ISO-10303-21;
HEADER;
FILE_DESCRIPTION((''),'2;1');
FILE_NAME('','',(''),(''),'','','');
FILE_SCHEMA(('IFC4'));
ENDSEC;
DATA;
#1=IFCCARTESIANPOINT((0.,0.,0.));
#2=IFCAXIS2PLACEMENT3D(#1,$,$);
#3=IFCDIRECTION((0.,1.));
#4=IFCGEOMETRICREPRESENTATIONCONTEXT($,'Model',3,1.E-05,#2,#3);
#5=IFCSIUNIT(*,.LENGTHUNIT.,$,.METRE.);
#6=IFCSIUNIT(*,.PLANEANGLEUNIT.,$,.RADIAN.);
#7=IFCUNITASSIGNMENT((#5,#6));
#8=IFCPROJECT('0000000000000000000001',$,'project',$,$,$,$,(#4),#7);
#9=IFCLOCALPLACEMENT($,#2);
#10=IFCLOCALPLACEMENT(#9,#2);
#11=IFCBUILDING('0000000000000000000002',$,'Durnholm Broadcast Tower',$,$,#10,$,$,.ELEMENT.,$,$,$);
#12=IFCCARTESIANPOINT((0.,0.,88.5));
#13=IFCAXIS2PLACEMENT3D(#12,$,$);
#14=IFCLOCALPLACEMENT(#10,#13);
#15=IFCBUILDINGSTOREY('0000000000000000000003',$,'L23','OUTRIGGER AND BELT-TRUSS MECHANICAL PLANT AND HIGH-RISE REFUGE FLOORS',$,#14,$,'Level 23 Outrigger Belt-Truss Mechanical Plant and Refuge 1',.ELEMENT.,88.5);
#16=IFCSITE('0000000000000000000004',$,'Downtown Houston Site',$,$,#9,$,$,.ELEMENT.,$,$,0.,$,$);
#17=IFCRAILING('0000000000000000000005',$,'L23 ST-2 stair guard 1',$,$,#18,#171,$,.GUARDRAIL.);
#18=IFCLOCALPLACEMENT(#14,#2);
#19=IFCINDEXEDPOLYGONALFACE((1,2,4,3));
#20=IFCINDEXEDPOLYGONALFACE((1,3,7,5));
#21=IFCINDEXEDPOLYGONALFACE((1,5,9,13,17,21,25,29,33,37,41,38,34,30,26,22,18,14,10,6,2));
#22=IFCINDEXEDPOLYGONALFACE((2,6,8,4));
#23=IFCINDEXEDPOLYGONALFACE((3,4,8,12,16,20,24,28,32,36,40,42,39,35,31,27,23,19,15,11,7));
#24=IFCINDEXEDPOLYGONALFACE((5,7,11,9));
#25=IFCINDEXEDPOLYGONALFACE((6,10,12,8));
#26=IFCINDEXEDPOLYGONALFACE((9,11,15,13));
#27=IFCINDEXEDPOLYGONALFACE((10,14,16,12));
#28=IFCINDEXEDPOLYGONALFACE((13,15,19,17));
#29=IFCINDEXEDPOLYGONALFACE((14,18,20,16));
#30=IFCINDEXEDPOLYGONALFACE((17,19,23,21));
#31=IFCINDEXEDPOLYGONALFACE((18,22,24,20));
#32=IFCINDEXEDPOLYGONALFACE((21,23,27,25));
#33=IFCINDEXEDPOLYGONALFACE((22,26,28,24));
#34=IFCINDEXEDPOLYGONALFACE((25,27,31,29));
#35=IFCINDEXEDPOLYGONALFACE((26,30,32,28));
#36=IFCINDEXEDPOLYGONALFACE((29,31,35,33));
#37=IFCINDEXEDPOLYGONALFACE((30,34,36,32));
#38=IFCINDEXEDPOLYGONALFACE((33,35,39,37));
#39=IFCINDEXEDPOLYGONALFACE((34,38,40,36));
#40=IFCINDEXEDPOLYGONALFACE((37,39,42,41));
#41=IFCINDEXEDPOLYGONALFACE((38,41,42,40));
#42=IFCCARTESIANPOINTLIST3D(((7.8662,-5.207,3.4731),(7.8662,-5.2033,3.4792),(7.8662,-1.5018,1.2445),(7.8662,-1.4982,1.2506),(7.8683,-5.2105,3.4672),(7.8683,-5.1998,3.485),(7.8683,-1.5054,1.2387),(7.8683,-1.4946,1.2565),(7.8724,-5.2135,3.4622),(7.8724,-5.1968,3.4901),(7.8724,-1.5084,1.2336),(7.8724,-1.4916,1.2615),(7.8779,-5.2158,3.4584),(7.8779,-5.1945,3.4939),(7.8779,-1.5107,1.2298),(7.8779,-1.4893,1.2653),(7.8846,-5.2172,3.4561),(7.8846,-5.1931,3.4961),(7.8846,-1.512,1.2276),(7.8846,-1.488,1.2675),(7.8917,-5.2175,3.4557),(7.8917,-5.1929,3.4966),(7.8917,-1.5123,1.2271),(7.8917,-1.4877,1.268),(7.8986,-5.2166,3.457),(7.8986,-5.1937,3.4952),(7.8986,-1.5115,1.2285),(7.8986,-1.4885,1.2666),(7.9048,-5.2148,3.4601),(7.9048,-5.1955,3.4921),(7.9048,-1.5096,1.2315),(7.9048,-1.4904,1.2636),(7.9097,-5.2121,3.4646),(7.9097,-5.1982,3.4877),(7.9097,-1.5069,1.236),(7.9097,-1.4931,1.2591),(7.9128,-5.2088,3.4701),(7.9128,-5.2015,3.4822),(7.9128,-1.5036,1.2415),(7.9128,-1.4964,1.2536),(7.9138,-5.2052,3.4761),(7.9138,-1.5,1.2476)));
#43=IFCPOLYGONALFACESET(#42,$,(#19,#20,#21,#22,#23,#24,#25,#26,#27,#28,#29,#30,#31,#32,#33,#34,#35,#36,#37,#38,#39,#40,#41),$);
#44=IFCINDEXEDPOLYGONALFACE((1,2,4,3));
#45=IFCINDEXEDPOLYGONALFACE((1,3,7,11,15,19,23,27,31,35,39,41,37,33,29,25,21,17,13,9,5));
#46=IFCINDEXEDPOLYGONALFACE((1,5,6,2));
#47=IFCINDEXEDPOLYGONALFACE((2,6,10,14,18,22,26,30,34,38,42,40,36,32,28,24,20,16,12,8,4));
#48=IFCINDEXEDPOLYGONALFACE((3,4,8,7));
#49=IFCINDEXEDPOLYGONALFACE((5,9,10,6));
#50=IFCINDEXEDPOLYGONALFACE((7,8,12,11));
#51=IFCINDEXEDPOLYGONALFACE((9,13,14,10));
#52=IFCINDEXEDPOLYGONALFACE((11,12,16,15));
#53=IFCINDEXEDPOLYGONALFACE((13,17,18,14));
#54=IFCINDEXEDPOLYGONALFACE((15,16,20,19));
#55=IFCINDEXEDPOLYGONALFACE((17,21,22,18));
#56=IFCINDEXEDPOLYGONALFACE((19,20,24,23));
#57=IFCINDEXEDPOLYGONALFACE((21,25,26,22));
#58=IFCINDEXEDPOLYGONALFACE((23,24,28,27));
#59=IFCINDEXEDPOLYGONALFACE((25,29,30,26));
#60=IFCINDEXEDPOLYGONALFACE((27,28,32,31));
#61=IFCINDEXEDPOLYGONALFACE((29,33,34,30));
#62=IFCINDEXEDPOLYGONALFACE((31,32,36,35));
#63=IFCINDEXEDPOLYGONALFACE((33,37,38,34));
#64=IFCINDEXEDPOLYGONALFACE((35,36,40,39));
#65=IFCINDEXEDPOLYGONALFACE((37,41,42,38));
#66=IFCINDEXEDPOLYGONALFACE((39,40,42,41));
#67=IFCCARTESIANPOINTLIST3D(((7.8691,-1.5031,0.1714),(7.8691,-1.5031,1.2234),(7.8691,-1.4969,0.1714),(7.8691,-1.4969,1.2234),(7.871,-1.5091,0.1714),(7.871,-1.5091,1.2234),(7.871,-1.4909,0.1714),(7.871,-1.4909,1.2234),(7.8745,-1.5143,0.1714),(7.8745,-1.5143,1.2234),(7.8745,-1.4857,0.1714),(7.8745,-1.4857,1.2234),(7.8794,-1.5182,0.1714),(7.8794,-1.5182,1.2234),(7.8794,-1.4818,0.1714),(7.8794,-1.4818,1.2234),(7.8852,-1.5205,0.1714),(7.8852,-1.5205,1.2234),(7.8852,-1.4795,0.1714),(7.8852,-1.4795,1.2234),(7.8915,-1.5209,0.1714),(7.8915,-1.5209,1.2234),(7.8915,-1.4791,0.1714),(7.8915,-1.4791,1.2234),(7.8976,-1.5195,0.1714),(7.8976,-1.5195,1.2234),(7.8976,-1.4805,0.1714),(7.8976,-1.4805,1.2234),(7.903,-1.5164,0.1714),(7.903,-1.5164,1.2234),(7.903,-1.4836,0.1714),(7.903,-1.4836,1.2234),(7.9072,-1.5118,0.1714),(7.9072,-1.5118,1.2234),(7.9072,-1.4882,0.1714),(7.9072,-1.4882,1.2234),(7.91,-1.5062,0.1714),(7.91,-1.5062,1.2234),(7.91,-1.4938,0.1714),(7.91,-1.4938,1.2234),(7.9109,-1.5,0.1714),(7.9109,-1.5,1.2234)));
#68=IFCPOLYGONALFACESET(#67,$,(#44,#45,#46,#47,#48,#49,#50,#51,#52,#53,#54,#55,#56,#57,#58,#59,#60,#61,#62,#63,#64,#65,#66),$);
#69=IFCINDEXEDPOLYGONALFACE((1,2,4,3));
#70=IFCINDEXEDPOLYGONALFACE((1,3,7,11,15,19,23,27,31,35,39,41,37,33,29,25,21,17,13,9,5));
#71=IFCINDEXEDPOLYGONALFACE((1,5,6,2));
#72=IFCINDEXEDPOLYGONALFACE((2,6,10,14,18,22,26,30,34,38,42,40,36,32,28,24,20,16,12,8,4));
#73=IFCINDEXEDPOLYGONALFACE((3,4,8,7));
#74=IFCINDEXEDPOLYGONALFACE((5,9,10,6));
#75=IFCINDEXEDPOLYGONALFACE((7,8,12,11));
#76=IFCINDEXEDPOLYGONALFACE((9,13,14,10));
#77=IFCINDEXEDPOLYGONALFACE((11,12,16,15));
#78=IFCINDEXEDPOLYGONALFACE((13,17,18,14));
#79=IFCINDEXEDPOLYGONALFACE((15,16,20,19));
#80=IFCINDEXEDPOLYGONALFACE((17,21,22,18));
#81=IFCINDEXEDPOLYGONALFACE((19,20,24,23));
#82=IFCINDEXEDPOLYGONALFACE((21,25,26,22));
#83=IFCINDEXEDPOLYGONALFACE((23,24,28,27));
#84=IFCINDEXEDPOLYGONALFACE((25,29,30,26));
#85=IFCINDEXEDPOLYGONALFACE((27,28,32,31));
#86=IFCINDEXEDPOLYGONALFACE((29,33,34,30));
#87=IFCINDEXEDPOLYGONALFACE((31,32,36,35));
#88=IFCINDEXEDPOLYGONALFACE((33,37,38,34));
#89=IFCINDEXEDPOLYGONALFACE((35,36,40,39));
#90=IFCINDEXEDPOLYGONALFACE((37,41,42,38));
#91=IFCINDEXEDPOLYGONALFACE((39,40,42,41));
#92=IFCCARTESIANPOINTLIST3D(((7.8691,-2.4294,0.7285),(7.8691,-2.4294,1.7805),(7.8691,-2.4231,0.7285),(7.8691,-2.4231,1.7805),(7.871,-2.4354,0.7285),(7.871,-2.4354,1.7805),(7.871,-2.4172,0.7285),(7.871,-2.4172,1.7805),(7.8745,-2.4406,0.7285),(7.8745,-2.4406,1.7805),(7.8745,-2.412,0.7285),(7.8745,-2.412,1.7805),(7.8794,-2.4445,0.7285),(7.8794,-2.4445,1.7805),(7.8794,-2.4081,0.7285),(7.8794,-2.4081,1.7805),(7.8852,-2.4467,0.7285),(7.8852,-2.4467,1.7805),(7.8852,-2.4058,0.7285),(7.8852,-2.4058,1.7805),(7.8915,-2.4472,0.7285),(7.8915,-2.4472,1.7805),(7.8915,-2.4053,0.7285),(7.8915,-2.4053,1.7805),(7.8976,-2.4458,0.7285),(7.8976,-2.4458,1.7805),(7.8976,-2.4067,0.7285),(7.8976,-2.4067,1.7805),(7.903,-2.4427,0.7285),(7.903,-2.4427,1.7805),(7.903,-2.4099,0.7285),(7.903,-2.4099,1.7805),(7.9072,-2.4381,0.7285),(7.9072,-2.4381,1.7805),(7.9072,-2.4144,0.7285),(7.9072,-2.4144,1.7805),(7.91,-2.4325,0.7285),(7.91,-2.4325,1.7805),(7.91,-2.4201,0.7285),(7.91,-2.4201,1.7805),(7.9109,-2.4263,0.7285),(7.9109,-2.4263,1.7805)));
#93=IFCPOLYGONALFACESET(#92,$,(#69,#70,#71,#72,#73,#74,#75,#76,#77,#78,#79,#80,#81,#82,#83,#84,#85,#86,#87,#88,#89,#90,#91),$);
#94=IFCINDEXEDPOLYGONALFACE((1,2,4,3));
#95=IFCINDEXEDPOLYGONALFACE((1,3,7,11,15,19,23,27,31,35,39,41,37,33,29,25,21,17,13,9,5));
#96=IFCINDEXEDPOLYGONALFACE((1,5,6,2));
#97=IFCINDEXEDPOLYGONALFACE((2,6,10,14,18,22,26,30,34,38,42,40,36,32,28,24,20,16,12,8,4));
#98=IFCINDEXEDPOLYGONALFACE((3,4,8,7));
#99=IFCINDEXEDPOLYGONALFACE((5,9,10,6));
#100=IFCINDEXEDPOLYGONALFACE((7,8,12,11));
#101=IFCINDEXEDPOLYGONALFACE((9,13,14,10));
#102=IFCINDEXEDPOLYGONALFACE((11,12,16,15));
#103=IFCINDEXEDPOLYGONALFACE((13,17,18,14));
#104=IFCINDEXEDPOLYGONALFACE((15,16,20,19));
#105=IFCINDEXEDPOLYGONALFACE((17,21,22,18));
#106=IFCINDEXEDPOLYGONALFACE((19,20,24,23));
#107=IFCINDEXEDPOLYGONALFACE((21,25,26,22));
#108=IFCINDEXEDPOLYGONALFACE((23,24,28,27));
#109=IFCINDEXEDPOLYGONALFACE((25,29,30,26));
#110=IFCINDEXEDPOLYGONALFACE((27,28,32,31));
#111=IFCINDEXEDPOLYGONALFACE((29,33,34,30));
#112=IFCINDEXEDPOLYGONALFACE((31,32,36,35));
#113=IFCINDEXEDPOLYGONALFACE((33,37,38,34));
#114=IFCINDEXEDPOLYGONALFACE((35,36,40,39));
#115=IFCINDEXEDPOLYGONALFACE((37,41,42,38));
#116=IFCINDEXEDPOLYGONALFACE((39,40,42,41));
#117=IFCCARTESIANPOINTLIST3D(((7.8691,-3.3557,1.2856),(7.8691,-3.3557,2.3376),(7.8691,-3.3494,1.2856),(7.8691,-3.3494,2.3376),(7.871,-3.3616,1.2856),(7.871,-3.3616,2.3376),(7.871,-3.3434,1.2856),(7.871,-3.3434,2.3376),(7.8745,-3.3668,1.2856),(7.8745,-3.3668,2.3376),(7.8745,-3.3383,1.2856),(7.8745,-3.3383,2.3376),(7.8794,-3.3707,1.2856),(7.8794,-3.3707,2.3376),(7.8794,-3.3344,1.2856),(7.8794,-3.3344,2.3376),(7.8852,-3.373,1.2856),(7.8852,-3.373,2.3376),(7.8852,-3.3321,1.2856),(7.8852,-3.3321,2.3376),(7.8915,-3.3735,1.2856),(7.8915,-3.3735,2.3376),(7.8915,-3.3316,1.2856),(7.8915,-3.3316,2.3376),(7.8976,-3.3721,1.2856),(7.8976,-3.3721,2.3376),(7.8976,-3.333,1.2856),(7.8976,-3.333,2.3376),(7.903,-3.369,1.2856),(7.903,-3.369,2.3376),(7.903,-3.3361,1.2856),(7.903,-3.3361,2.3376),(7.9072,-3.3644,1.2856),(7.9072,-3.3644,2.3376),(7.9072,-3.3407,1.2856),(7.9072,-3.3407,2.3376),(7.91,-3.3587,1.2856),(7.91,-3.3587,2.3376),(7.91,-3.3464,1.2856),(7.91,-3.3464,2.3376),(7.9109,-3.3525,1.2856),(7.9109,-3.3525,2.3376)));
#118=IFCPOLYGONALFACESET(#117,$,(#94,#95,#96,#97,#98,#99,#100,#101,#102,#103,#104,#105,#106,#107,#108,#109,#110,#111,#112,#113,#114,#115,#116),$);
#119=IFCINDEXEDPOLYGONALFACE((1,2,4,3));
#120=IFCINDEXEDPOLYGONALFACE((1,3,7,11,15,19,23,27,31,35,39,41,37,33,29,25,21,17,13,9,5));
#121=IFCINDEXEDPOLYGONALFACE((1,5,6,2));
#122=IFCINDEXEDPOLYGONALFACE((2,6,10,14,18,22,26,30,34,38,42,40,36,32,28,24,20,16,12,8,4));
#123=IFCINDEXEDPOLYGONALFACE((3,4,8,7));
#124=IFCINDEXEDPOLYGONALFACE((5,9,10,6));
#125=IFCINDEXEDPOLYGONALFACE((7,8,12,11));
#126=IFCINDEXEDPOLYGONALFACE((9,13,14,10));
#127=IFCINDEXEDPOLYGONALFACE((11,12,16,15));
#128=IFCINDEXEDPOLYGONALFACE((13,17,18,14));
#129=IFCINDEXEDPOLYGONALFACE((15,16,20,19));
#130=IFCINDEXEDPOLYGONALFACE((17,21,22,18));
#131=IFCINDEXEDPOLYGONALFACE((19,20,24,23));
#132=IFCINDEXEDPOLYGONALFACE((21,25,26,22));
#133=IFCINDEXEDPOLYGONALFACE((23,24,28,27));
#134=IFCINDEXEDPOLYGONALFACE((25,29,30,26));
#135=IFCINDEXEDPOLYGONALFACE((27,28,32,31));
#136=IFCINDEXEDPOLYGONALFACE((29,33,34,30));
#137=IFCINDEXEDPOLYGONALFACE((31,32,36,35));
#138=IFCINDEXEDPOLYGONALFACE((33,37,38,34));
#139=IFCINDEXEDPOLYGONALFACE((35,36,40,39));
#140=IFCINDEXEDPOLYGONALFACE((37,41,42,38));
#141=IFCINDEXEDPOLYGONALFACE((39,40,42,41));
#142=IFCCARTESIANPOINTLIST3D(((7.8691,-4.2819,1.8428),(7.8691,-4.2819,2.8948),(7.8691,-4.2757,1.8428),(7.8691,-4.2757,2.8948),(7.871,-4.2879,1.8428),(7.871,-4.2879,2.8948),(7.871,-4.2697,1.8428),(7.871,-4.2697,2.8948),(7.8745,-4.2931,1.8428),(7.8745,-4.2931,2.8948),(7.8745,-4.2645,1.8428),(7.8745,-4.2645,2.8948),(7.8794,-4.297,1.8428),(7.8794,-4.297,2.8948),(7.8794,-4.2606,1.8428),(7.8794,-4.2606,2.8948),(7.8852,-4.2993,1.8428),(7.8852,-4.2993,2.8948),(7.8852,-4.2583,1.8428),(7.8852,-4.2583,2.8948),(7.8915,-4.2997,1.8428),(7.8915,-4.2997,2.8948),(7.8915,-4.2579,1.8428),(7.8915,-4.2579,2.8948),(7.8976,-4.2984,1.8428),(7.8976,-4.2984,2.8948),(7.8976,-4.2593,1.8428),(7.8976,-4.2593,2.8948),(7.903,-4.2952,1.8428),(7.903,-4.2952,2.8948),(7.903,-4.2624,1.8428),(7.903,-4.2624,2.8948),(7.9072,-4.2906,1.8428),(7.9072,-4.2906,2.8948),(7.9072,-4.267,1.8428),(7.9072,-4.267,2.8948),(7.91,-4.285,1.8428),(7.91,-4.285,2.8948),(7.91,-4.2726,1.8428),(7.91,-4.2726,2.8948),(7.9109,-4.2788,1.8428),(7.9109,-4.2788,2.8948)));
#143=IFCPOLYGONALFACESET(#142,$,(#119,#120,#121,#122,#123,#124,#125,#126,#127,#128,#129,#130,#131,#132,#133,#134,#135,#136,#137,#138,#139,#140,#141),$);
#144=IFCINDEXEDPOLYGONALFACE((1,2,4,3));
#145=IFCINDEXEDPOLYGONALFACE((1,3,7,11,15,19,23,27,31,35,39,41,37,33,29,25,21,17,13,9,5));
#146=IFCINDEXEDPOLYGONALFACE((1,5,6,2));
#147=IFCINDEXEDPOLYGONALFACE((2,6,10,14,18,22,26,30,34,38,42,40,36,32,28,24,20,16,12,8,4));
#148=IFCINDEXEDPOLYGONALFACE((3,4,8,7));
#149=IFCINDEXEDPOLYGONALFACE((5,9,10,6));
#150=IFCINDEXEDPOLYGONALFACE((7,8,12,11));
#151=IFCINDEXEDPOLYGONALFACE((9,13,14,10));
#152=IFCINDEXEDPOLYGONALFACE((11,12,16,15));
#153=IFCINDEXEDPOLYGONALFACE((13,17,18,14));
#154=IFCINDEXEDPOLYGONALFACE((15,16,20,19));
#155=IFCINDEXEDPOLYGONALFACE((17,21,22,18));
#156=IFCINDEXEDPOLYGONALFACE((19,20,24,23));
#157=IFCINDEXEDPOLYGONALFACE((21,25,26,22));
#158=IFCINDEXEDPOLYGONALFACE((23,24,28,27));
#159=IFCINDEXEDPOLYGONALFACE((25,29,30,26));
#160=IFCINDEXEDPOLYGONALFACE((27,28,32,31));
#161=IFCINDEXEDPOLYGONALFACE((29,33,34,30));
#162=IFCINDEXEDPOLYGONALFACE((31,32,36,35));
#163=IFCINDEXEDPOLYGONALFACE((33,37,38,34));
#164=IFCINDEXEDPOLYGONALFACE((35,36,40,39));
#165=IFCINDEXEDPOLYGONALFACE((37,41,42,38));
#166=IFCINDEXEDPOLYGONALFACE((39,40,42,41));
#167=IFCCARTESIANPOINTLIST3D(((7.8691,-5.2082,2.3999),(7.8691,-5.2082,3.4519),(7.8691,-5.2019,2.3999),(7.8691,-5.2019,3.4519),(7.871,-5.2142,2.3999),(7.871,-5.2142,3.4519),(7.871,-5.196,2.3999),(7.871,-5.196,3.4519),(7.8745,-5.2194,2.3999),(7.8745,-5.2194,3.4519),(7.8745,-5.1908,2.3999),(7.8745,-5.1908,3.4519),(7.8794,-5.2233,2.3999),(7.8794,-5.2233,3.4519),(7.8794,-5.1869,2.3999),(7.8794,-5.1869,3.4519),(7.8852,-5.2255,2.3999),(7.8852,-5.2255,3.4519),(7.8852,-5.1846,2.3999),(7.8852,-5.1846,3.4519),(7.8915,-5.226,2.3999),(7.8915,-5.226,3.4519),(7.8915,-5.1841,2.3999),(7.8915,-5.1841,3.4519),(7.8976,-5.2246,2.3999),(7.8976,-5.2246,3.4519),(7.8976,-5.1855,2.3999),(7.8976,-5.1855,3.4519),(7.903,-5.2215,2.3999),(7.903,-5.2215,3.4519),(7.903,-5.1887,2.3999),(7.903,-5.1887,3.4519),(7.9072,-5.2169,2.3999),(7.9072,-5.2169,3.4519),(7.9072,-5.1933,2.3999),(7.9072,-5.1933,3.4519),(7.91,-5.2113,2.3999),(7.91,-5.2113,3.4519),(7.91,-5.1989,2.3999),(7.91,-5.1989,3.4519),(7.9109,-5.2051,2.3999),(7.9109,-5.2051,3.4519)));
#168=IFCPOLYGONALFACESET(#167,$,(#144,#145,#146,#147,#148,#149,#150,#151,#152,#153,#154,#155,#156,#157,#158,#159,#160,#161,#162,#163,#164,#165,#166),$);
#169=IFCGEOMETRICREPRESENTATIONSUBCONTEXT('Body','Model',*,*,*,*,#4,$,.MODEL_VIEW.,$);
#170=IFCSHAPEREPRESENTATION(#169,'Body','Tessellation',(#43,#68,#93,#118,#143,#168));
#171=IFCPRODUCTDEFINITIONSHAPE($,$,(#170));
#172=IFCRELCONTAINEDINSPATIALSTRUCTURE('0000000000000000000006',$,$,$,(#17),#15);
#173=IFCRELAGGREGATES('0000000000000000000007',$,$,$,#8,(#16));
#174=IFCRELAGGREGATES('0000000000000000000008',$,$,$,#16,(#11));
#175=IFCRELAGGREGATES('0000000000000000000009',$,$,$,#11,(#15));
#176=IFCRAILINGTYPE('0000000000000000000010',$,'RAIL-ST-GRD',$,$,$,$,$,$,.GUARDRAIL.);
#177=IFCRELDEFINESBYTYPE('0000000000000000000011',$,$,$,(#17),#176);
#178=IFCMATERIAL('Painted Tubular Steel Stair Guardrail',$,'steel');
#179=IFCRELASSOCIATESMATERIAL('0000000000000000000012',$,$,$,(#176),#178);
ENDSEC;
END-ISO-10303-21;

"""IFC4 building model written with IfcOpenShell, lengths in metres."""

from ifc_helpers import new_model, si_unit, direction, frame, origin, origin_2d, place, context, subcontext, project, spatial, circle, extrude, material, type_object, element, save


model = new_model("IFC4")

# Units and contexts
model_context = context("Model", 3, precision=1e-05, world=origin(), true_north=direction((0.0, 1.0)))
body_context = subcontext(model_context, "Body", "Model", "MODEL_VIEW")
ifc_project = project(units=[si_unit("LENGTHUNIT", "METRE"), si_unit("PLANEANGLEUNIT", "RADIAN")], contexts=[model_context])

# Site, building, storey
site_placement = place(None, origin())
site = spatial("IfcSite", under=ifc_project, at=site_placement, Name="Downtown Houston Site", CompositionType="ELEMENT", RefElevation=0.0)
building_placement = place(site_placement, origin())
building = spatial("IfcBuilding", under=site, at=building_placement, Name="Durnholm Broadcast Tower", CompositionType="ELEMENT")
storey_placement = place(building_placement, frame((0.0, 0.0, 88.5)))
storey = spatial("IfcBuildingStorey", under=building, at=storey_placement, Name="L23", Description="OUTRIGGER AND BELT-TRUSS MECHANICAL PLANT AND HIGH-RISE REFUGE FLOORS", LongName="Level 23 Outrigger Belt-Truss Mechanical Plant and Refuge 1", CompositionType="ELEMENT", Elevation=88.5)

# Railing
ifc_material_1 = material(Name="Painted Tubular Steel Stair Guardrail", Category="steel")
railing_type_1 = type_object("IfcRailingType", Name="RAIL-ST-GRD", PredefinedType="GUARDRAIL", material=ifc_material_1)
railing_1_placement = place(storey_placement, frame((7.8899, -1.5, 0.1714)))
element("IfcRailing", 1, at=railing_1_placement, inside=storey, type_object=railing_type_1, Name="L23 ST-2 stair guard 1", PredefinedType="GUARDRAIL", context=body_context, shape_type="SweptSolid", body=[
    extrude(circle(Radius=0.0239, at=origin_2d()), frame((0.0, 0.0, 1.0762), z_axis=(0.0, -0.856934, 0.515425), x_axis=(1.0, 0.0, 0.0)), (0.0, 0.0, 1.0), 4.3237),
    extrude(circle(Radius=0.021, at=origin_2d()), origin(), (0.0, 0.0, 1.0), 1.052),
    extrude(circle(Radius=0.021, at=origin_2d()), frame((0.0, -0.9263, 0.5571)), (0.0, 0.0, 1.0), 1.052),
    extrude(circle(Radius=0.021, at=origin_2d()), frame((0.0, -1.8525, 1.1143)), (0.0, 0.0, 1.0), 1.052),
    extrude(circle(Radius=0.021, at=origin_2d()), frame((0.0, -2.7788, 1.6714)), (0.0, 0.0, 1.0), 1.052),
    extrude(circle(Radius=0.021, at=origin_2d()), frame((0.0, -3.7051, 2.2285)), (0.0, 0.0, 1.0), 1.052),
])

save(model, "model.ifc")
